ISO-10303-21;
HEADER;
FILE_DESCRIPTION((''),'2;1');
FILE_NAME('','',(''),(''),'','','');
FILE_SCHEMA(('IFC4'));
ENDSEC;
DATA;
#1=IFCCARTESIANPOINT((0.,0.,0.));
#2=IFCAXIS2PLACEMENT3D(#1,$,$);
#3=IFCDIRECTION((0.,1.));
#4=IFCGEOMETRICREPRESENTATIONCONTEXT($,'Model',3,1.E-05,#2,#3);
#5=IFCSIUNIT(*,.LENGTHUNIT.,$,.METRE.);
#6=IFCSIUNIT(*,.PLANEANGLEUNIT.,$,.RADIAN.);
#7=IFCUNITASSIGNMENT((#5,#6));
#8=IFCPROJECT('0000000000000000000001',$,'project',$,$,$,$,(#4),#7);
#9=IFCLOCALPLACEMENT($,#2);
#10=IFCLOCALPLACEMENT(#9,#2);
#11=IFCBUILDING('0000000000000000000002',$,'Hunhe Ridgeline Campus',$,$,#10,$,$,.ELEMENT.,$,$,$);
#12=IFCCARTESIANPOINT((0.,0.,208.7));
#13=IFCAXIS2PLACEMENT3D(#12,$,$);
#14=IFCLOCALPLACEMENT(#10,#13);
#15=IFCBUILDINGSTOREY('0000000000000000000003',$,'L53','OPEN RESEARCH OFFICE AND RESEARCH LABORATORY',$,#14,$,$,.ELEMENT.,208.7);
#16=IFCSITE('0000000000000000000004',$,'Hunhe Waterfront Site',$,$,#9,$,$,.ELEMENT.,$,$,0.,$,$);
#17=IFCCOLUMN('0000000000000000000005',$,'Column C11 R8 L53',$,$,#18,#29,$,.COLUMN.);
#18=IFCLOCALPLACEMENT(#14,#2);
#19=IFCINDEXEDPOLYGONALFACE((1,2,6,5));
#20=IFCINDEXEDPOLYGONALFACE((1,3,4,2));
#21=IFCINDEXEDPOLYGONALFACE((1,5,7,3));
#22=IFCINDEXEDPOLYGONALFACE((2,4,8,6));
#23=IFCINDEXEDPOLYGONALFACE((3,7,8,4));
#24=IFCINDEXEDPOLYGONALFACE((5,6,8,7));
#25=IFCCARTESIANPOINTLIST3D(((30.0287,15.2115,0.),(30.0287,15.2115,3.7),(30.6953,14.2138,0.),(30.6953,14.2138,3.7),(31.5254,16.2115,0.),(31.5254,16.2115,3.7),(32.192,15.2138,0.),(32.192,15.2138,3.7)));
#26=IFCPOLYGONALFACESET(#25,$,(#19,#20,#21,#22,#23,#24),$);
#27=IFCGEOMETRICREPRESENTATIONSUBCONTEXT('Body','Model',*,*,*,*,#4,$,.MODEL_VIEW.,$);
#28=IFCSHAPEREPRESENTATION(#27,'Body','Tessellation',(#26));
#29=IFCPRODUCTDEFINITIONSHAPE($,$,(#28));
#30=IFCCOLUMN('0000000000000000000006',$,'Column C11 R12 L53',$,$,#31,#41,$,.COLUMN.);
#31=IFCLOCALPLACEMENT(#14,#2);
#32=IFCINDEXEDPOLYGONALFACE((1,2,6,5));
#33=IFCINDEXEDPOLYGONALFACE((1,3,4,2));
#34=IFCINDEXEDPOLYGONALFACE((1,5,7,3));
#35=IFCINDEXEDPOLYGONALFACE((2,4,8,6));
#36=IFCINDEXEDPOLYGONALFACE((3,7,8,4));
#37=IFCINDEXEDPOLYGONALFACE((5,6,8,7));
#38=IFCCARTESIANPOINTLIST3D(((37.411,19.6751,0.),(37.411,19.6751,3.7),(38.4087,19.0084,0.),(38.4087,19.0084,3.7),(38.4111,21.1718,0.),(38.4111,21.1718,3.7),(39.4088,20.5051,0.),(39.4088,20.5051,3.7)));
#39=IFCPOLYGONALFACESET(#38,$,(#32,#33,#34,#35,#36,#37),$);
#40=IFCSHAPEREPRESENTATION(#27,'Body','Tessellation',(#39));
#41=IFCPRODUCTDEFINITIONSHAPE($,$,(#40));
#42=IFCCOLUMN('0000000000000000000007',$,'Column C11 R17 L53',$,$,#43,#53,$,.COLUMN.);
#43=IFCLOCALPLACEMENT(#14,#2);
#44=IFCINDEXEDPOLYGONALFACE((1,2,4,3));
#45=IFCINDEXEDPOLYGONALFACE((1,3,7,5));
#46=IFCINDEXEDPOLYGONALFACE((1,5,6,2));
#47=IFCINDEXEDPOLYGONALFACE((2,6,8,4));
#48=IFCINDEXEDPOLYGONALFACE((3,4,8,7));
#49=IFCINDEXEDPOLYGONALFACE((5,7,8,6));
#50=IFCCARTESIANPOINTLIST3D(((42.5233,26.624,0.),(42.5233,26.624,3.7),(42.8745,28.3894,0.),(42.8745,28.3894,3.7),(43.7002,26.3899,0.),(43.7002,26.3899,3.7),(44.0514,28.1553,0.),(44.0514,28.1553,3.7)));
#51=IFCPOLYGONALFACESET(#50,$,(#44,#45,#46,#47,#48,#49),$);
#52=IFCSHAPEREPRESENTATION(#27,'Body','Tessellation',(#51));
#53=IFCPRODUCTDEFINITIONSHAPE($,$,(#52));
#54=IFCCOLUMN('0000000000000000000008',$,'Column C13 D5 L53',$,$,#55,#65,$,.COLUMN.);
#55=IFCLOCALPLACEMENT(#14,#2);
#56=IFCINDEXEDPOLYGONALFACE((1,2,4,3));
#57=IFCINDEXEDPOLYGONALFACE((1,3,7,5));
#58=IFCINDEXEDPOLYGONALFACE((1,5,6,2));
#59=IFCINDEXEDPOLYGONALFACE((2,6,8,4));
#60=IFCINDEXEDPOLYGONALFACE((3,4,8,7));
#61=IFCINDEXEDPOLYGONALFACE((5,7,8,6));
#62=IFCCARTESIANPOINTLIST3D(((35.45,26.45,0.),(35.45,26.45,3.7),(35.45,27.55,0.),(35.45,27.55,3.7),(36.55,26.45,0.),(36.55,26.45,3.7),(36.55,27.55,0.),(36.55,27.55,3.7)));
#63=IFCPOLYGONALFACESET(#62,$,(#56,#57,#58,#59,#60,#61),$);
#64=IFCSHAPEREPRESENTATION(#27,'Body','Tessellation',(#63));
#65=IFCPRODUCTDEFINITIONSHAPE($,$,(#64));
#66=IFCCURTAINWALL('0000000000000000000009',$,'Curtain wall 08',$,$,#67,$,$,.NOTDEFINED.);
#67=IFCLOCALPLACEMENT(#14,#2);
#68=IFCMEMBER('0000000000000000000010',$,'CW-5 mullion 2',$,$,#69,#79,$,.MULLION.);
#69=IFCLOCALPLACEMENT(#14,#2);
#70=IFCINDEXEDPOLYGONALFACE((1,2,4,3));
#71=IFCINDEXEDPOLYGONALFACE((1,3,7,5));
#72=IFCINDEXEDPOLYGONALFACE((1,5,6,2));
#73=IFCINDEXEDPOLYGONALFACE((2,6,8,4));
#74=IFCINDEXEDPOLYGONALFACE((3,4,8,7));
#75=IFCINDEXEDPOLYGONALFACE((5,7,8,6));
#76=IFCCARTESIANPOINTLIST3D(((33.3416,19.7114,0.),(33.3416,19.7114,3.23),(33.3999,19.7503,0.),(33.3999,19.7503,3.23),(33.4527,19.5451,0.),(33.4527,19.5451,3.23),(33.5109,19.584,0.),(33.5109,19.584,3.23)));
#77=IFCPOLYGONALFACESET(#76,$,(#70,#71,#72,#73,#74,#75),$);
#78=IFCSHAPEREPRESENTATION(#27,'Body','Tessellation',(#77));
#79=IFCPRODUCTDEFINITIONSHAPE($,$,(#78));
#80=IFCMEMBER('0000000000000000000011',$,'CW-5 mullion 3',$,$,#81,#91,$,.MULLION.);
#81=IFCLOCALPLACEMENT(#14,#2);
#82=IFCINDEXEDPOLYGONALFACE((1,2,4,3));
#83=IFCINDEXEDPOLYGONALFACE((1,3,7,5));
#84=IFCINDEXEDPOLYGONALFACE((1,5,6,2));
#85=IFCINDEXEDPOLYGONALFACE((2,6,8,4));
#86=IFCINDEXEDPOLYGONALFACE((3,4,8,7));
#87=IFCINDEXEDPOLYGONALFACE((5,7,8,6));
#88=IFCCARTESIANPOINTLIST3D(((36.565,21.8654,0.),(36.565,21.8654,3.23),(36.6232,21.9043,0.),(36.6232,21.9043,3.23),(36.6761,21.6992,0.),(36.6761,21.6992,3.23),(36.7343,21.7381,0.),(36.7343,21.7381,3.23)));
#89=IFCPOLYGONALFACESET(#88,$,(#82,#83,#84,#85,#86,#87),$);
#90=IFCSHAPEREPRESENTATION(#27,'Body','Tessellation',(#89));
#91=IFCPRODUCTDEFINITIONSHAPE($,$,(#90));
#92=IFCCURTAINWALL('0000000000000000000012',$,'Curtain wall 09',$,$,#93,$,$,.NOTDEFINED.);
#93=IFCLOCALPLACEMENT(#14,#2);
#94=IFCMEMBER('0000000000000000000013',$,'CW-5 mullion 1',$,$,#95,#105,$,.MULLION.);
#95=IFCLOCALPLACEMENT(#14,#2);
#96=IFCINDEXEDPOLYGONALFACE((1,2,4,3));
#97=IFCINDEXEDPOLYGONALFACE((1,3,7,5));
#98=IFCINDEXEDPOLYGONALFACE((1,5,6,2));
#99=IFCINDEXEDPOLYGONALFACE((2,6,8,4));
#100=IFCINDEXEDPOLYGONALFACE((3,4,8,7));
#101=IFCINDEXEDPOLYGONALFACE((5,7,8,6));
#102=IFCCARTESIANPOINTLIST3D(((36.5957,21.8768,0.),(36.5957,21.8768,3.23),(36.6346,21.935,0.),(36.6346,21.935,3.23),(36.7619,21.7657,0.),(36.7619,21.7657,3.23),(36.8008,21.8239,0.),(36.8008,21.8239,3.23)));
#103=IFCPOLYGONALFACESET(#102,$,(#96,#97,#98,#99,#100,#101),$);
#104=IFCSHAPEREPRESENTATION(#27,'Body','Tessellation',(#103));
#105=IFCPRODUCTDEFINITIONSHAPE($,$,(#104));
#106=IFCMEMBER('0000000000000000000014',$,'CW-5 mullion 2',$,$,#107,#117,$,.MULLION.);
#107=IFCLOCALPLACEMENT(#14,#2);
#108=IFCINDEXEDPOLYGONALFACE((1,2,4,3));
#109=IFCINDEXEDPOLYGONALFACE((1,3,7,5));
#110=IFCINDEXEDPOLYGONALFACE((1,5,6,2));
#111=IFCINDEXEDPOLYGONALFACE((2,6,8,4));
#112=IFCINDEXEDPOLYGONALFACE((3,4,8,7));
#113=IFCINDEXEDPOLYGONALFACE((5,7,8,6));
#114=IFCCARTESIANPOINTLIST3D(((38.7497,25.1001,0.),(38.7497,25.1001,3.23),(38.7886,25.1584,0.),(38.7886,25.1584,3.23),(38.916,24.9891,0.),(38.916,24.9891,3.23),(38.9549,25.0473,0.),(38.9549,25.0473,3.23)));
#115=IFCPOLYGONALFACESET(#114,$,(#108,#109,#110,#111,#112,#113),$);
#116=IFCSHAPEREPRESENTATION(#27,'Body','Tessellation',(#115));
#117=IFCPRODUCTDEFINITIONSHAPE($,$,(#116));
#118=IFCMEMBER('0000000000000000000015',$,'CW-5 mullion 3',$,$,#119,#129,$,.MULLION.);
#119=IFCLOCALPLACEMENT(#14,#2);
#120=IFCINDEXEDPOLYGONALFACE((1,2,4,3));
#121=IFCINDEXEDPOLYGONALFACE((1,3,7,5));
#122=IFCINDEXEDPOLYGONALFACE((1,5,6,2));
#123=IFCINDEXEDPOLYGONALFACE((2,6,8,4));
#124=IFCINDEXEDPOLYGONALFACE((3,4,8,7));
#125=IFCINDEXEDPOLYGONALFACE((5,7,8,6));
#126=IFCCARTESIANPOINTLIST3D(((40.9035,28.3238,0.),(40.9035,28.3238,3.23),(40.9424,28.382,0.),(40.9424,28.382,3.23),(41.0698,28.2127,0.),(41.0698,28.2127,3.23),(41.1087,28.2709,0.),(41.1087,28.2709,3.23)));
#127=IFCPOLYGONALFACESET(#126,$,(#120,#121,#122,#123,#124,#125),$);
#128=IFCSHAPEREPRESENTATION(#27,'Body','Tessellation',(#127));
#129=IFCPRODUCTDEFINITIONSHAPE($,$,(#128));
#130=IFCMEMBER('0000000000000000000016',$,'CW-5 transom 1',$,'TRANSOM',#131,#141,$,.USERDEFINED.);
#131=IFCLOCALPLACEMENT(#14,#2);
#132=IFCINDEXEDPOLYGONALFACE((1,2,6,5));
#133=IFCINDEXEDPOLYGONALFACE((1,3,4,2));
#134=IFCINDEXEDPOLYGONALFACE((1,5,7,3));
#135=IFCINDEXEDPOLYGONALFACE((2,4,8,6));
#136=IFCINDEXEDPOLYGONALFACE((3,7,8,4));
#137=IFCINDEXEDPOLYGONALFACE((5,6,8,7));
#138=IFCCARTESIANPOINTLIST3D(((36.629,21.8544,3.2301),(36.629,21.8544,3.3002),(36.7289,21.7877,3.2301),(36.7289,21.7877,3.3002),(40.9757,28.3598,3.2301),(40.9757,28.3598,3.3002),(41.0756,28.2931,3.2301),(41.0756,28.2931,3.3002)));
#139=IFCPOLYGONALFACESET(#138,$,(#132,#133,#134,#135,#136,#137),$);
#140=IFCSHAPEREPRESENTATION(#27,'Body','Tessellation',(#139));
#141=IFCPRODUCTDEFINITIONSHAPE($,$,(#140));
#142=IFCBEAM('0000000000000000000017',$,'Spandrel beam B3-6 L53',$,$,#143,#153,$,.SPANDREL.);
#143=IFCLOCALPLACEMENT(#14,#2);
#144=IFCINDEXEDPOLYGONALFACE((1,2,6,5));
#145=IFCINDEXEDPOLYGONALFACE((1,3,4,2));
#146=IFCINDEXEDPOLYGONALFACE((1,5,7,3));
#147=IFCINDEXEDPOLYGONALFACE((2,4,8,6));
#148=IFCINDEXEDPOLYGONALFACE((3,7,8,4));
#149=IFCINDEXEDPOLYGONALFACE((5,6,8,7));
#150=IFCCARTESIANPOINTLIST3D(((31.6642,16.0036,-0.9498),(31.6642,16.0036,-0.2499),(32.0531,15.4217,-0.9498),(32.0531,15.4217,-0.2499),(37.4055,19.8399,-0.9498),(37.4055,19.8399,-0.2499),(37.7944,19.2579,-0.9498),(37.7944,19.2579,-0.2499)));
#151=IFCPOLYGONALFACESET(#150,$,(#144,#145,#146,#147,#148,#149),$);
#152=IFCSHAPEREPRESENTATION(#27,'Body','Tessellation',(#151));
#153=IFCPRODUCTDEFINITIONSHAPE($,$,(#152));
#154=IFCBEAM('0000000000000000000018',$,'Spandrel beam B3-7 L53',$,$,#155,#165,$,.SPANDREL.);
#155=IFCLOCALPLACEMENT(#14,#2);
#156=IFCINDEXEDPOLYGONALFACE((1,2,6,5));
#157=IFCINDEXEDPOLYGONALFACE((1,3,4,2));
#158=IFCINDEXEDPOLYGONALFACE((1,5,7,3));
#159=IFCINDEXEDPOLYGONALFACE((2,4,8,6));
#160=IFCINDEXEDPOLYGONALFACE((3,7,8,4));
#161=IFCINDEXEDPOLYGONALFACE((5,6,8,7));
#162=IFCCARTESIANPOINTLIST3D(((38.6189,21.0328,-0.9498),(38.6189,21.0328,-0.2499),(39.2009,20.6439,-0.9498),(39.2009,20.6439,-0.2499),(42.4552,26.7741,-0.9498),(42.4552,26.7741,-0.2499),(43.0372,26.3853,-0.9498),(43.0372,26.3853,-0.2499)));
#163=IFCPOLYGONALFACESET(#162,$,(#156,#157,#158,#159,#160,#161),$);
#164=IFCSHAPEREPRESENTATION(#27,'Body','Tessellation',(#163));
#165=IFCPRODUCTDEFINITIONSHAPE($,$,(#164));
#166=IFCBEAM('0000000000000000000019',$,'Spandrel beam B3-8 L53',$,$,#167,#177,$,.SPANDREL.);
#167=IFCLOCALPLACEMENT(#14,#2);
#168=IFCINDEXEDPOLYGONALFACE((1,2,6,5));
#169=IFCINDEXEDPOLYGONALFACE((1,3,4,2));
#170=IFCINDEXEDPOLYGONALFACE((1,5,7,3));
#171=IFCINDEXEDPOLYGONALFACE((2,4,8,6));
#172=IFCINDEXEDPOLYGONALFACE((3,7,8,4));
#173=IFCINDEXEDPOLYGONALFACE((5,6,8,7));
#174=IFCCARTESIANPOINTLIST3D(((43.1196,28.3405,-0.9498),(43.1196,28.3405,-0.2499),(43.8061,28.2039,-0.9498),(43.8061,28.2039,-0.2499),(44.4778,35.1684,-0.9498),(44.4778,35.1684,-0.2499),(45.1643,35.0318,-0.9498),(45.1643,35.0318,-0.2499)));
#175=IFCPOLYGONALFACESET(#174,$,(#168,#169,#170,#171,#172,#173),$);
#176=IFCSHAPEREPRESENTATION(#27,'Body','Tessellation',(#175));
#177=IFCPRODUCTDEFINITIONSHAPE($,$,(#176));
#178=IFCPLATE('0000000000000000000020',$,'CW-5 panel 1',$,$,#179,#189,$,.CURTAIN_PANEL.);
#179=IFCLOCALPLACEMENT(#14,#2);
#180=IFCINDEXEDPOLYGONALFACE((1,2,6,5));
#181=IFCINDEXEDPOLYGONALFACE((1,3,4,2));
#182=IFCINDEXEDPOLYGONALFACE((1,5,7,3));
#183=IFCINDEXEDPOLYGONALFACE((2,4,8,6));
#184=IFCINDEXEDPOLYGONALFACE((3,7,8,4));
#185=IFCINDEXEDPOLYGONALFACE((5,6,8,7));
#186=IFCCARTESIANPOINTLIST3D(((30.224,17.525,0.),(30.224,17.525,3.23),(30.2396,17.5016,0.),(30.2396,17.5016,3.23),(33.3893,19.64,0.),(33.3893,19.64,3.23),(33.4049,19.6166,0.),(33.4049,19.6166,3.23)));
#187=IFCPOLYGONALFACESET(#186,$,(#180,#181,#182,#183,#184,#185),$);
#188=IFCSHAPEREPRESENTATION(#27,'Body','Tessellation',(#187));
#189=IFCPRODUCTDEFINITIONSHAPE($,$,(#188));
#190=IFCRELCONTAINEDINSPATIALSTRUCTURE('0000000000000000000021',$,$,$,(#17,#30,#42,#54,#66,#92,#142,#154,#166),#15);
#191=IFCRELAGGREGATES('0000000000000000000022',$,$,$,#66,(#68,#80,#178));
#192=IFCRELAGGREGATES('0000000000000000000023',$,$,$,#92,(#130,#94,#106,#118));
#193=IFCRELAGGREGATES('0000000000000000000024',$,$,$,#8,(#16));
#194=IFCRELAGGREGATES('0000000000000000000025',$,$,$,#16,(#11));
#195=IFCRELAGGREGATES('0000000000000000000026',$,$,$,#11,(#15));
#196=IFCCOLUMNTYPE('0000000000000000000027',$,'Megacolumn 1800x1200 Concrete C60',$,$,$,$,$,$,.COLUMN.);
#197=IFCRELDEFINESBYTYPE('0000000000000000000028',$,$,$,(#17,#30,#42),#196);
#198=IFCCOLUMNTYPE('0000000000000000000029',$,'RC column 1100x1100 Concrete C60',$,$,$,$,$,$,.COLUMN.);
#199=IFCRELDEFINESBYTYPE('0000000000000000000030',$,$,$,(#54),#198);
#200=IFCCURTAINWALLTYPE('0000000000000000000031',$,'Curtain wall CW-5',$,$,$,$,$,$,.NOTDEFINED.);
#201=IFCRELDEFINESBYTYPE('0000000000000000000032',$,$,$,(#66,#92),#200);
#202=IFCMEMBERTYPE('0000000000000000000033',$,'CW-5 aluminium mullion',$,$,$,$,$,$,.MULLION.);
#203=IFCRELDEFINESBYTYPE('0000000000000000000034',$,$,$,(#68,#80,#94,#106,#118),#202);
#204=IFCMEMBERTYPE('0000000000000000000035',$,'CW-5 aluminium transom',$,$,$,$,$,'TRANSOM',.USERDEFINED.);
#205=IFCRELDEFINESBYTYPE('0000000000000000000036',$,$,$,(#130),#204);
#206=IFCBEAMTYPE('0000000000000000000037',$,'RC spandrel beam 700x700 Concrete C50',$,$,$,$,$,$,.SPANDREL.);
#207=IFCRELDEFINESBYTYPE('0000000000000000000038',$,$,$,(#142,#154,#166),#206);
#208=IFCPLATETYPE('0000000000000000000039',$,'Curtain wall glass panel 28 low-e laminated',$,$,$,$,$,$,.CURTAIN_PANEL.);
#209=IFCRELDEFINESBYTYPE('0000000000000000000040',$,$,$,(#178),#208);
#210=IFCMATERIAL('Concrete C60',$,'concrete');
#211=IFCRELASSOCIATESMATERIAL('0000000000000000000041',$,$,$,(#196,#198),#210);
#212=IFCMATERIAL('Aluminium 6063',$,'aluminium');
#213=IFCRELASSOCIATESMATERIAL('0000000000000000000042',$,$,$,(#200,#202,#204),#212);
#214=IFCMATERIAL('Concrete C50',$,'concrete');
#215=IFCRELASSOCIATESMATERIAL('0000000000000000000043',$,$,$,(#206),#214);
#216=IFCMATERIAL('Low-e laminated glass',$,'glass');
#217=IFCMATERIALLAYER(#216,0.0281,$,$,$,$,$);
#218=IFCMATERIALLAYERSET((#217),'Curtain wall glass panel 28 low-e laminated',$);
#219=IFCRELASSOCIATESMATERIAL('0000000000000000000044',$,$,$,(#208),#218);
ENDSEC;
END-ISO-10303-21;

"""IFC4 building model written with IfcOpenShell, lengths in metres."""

from ifc_helpers import new_model, si_unit, direction, frame, origin, origin_2d, place, context, subcontext, project, spatial, rectangle, extrude, material, layer, layer_set, material_profile, profile_set, type_object, element, aggregate, save


model = new_model("IFC4")

# Units and contexts
model_context = context("Model", 3, precision=1e-05, world=origin(), true_north=direction((0.0, 1.0)))
body_context = subcontext(model_context, "Body", "Model", "MODEL_VIEW")
ifc_project = project(units=[si_unit("LENGTHUNIT", "METRE"), si_unit("PLANEANGLEUNIT", "RADIAN")], contexts=[model_context])

# Site, building, storey
site_placement = place(None, origin())
site = spatial("IfcSite", under=ifc_project, at=site_placement, Name="Hunhe Waterfront Site", CompositionType="ELEMENT", RefElevation=0.0)
building_placement = place(site_placement, origin())
building = spatial("IfcBuilding", under=site, at=building_placement, Name="Hunhe Ridgeline Campus", CompositionType="ELEMENT")
storey_placement = place(building_placement, frame((0.0, 0.0, 208.7)))
storey = spatial("IfcBuildingStorey", under=building, at=storey_placement, Name="L53", Description="OPEN RESEARCH OFFICE AND RESEARCH LABORATORY", CompositionType="ELEMENT", Elevation=208.7)

# Columns
ifc_material_1 = material(Name="Concrete C60", Category="concrete")
ifc_material_profile_1 = material_profile(ifc_material_1, rectangle(XDim=1.8, YDim=1.2, at=origin_2d()))
ifc_profile_set_1 = profile_set([ifc_material_profile_1], Name="Concrete C60")
column_type_1 = type_object("IfcColumnType", Name="Megacolumn 1800x1200 Concrete C60", PredefinedType="COLUMN", material=ifc_profile_set_1)
for number, where, z_axis, x_axis, name in (
    (1, (31.1104, 15.2126, 0.0), (0.0, 0.0, 1.0), (0.83147, 0.55557, 0.0), "Column C11 R8 L53"),
    (2, (38.4099, 20.0901, 0.0), (0.0, 0.0, 1.0), (0.55557, 0.83147, 0.0), "Column C11 R12 L53"),
    (3, (43.2874, 27.3896, 0.0), (0.0, 0.0, 1.0), (0.19509, 0.980785, 0.0), "Column C11 R17 L53"),
):
    element("IfcColumn", number, at=place(storey_placement, frame(where, z_axis=z_axis, x_axis=x_axis)), inside=storey, type_object=column_type_1, Name=name, PredefinedType="COLUMN", context=body_context, shape_type="SweptSolid", body=[
        extrude(rectangle(XDim=1.8, YDim=1.2, at=origin_2d()), origin(), (0.0, 0.0, 1.0), 3.7),
    ])
ifc_material_profile_2 = material_profile(ifc_material_1, rectangle(XDim=1.1001, YDim=1.1001, at=origin_2d()))
ifc_profile_set_2 = profile_set([ifc_material_profile_2], Name="Concrete C60")
column_type_2 = type_object("IfcColumnType", Name="RC column 1100x1100 Concrete C60", PredefinedType="COLUMN", material=ifc_profile_set_2)
column_placement = place(storey_placement, frame((36.0, 27.0, 0.0), z_axis=(0.0, 0.0, 1.0), x_axis=(1.0, 0.0, 0.0)))
element("IfcColumn", 4, at=column_placement, inside=storey, type_object=column_type_2, Name="Column C13 D5 L53", PredefinedType="COLUMN", context=body_context, shape_type="SweptSolid", body=[
    extrude(rectangle(XDim=1.1001, YDim=1.1001, at=origin_2d()), origin(), (0.0, 0.0, 1.0), 3.7),
])

# Curtain walls, members
ifc_material_2 = material(Name="Aluminium 6063", Category="aluminium")
curtain_wall_type = type_object("IfcCurtainWallType", Name="Curtain wall CW-5", PredefinedType="NOTDEFINED", material=ifc_material_2)
curtain_wall_1_placement = place(storey_placement, origin())
curtain_wall_1 = element("IfcCurtainWall", 5, at=curtain_wall_1_placement, inside=storey, type_object=curtain_wall_type, Name="Curtain wall 08", PredefinedType="NOTDEFINED")
ifc_material_profile_3 = material_profile(ifc_material_2, rectangle(XDim=0.2, YDim=0.0701, at=origin_2d()))
ifc_profile_set_3 = profile_set([ifc_material_profile_3], Name="Aluminium 6063")
member_type_1 = type_object("IfcMemberType", Name="CW-5 aluminium mullion", PredefinedType="MULLION", material=ifc_profile_set_3)
member_1_placement = place(storey_placement, frame((33.4263, 19.6477, 0.0), z_axis=(0.0, 0.0, 1.0), x_axis=(-0.55557, 0.83147, 0.0)))
member_1 = element("IfcMember", 6, at=member_1_placement, type_object=member_type_1, Name="CW-5 mullion 2", PredefinedType="MULLION", context=body_context, shape_type="SweptSolid", body=[
    extrude(rectangle(XDim=0.2, YDim=0.0701, at=origin_2d()), origin(), (0.0, 0.0, 1.0), 3.23),
])
member_2_placement = place(storey_placement, frame((36.6497, 21.8018, 0.0), z_axis=(0.0, 0.0, 1.0), x_axis=(-0.55557, 0.83147, 0.0)))
member_2 = element("IfcMember", 7, at=member_2_placement, type_object=member_type_1, Name="CW-5 mullion 3", PredefinedType="MULLION", context=body_context, shape_type="SweptSolid", body=[
    extrude(rectangle(XDim=0.2, YDim=0.0701, at=origin_2d()), origin(), (0.0, 0.0, 1.0), 3.23),
])
curtain_wall_2_placement = place(storey_placement, origin())
curtain_wall_2 = element("IfcCurtainWall", 8, at=curtain_wall_2_placement, inside=storey, type_object=curtain_wall_type, Name="Curtain wall 09", PredefinedType="NOTDEFINED")
member_3_placement = place(storey_placement, frame((36.6982, 21.8503, 0.0), z_axis=(0.0, 0.0, 1.0), x_axis=(-0.83147, 0.55557, 0.0)))
member_3 = element("IfcMember", 9, at=member_3_placement, type_object=member_type_1, Name="CW-5 mullion 1", PredefinedType="MULLION", context=body_context, shape_type="SweptSolid", body=[
    extrude(rectangle(XDim=0.2, YDim=0.0701, at=origin_2d()), origin(), (0.0, 0.0, 1.0), 3.23),
])
member_4_placement = place(storey_placement, frame((38.8523, 25.0737, 0.0), z_axis=(0.0, 0.0, 1.0), x_axis=(-0.83147, 0.55557, 0.0)))
member_4 = element("IfcMember", 10, at=member_4_placement, type_object=member_type_1, Name="CW-5 mullion 2", PredefinedType="MULLION", context=body_context, shape_type="SweptSolid", body=[
    extrude(rectangle(XDim=0.2, YDim=0.0701, at=origin_2d()), origin(), (0.0, 0.0, 1.0), 3.23),
])
member_5_placement = place(storey_placement, frame((41.0061, 28.2974, 0.0), z_axis=(0.0, 0.0, 1.0), x_axis=(-0.83147, 0.55557, 0.0)))
member_5 = element("IfcMember", 11, at=member_5_placement, type_object=member_type_1, Name="CW-5 mullion 3", PredefinedType="MULLION", context=body_context, shape_type="SweptSolid", body=[
    extrude(rectangle(XDim=0.2, YDim=0.0701, at=origin_2d()), origin(), (0.0, 0.0, 1.0), 3.23),
])
ifc_material_profile_4 = material_profile(ifc_material_2, rectangle(XDim=0.1201, YDim=0.0701, at=origin_2d()))
ifc_profile_set_4 = profile_set([ifc_material_profile_4], Name="Aluminium 6063")
member_type_2 = type_object("IfcMemberType", Name="CW-5 aluminium transom", ElementType="TRANSOM", PredefinedType="USERDEFINED", material=ifc_profile_set_4)
member_6_placement = place(storey_placement, frame((36.679, 21.821, 3.2651), z_axis=(0.555564, 0.831474, 0.0), x_axis=(-0.831474, 0.555564, 0.0)))
member_6 = element("IfcMember", 12, at=member_6_placement, type_object=member_type_2, Name="CW-5 transom 1", ObjectType="TRANSOM", PredefinedType="USERDEFINED", context=body_context, shape_type="SweptSolid", body=[
    extrude(rectangle(XDim=0.1201, YDim=0.0701, at=origin_2d()), origin(), (0.0, 0.0, 1.0), 7.824),
])

# Beams
ifc_material_3 = material(Name="Concrete C50", Category="concrete")
ifc_material_profile_5 = material_profile(ifc_material_3, rectangle(XDim=0.7, YDim=0.7, at=origin_2d()))
ifc_profile_set_5 = profile_set([ifc_material_profile_5], Name="Concrete C50")
beam_type = type_object("IfcBeamType", Name="RC spandrel beam 700x700 Concrete C50", PredefinedType="SPANDREL", material=ifc_profile_set_5)
for number, where, z_axis, x_axis, name in (
    (13, (31.8586, 15.7126, -0.5999), (0.831468, 0.555573, 0.0), (-0.555573, 0.831468, 0.0), "Spandrel beam B3-6 L53"),
    (14, (38.9099, 20.8384, -0.5999), (0.555573, 0.831468, 0.0), (-0.831468, 0.555573, 0.0), "Spandrel beam B3-7 L53"),
):
    element("IfcBeam", number, at=place(storey_placement, frame(where, z_axis=z_axis, x_axis=x_axis)), inside=storey, type_object=beam_type, Name=name, PredefinedType="SPANDREL", context=body_context, shape_type="SweptSolid", body=[
        extrude(rectangle(XDim=0.7, YDim=0.7, at=origin_2d()), origin(), (0.0, 0.0, 1.0), 6.905),
    ])
beam_placement = place(storey_placement, frame((43.4629, 28.2722, -0.5999), z_axis=(0.195091, 0.980785, 0.0), x_axis=(-0.980785, 0.195091, 0.0)))
element("IfcBeam", 15, at=beam_placement, inside=storey, type_object=beam_type, Name="Spandrel beam B3-8 L53", PredefinedType="SPANDREL", context=body_context, shape_type="SweptSolid", body=[
    extrude(rectangle(XDim=0.7, YDim=0.7, at=origin_2d()), origin(), (0.0, 0.0, 1.0), 6.9617),
])

# Plate
ifc_material_4 = material(Name="Low-e laminated glass", Category="glass")
ifc_layer_1 = layer(ifc_material_4, 0.0281)
ifc_layer_set_1 = layer_set([ifc_layer_1], Name="Curtain wall glass panel 28 low-e laminated")
plate_type = type_object("IfcPlateType", Name="Curtain wall glass panel 28 low-e laminated", PredefinedType="CURTAIN_PANEL", material=ifc_layer_set_1)
plate_1_placement = place(storey_placement, frame((31.8145, 18.5708, 0.0), z_axis=(0.0, 0.0, 1.0), x_axis=(0.83147, 0.55557, 0.0)))
plate_1 = element("IfcPlate", 16, at=plate_1_placement, type_object=plate_type, Name="CW-5 panel 1", PredefinedType="CURTAIN_PANEL", context=body_context, shape_type="SweptSolid", body=[
    extrude(rectangle(XDim=3.8069, YDim=0.0281, at=origin_2d()), origin(), (0.0, 0.0, 1.0), 3.23),
])
aggregate(curtain_wall_1, [member_1, member_2, plate_1])
aggregate(curtain_wall_2, [member_6, member_3, member_4, member_5])

save(model, "model.ifc")
